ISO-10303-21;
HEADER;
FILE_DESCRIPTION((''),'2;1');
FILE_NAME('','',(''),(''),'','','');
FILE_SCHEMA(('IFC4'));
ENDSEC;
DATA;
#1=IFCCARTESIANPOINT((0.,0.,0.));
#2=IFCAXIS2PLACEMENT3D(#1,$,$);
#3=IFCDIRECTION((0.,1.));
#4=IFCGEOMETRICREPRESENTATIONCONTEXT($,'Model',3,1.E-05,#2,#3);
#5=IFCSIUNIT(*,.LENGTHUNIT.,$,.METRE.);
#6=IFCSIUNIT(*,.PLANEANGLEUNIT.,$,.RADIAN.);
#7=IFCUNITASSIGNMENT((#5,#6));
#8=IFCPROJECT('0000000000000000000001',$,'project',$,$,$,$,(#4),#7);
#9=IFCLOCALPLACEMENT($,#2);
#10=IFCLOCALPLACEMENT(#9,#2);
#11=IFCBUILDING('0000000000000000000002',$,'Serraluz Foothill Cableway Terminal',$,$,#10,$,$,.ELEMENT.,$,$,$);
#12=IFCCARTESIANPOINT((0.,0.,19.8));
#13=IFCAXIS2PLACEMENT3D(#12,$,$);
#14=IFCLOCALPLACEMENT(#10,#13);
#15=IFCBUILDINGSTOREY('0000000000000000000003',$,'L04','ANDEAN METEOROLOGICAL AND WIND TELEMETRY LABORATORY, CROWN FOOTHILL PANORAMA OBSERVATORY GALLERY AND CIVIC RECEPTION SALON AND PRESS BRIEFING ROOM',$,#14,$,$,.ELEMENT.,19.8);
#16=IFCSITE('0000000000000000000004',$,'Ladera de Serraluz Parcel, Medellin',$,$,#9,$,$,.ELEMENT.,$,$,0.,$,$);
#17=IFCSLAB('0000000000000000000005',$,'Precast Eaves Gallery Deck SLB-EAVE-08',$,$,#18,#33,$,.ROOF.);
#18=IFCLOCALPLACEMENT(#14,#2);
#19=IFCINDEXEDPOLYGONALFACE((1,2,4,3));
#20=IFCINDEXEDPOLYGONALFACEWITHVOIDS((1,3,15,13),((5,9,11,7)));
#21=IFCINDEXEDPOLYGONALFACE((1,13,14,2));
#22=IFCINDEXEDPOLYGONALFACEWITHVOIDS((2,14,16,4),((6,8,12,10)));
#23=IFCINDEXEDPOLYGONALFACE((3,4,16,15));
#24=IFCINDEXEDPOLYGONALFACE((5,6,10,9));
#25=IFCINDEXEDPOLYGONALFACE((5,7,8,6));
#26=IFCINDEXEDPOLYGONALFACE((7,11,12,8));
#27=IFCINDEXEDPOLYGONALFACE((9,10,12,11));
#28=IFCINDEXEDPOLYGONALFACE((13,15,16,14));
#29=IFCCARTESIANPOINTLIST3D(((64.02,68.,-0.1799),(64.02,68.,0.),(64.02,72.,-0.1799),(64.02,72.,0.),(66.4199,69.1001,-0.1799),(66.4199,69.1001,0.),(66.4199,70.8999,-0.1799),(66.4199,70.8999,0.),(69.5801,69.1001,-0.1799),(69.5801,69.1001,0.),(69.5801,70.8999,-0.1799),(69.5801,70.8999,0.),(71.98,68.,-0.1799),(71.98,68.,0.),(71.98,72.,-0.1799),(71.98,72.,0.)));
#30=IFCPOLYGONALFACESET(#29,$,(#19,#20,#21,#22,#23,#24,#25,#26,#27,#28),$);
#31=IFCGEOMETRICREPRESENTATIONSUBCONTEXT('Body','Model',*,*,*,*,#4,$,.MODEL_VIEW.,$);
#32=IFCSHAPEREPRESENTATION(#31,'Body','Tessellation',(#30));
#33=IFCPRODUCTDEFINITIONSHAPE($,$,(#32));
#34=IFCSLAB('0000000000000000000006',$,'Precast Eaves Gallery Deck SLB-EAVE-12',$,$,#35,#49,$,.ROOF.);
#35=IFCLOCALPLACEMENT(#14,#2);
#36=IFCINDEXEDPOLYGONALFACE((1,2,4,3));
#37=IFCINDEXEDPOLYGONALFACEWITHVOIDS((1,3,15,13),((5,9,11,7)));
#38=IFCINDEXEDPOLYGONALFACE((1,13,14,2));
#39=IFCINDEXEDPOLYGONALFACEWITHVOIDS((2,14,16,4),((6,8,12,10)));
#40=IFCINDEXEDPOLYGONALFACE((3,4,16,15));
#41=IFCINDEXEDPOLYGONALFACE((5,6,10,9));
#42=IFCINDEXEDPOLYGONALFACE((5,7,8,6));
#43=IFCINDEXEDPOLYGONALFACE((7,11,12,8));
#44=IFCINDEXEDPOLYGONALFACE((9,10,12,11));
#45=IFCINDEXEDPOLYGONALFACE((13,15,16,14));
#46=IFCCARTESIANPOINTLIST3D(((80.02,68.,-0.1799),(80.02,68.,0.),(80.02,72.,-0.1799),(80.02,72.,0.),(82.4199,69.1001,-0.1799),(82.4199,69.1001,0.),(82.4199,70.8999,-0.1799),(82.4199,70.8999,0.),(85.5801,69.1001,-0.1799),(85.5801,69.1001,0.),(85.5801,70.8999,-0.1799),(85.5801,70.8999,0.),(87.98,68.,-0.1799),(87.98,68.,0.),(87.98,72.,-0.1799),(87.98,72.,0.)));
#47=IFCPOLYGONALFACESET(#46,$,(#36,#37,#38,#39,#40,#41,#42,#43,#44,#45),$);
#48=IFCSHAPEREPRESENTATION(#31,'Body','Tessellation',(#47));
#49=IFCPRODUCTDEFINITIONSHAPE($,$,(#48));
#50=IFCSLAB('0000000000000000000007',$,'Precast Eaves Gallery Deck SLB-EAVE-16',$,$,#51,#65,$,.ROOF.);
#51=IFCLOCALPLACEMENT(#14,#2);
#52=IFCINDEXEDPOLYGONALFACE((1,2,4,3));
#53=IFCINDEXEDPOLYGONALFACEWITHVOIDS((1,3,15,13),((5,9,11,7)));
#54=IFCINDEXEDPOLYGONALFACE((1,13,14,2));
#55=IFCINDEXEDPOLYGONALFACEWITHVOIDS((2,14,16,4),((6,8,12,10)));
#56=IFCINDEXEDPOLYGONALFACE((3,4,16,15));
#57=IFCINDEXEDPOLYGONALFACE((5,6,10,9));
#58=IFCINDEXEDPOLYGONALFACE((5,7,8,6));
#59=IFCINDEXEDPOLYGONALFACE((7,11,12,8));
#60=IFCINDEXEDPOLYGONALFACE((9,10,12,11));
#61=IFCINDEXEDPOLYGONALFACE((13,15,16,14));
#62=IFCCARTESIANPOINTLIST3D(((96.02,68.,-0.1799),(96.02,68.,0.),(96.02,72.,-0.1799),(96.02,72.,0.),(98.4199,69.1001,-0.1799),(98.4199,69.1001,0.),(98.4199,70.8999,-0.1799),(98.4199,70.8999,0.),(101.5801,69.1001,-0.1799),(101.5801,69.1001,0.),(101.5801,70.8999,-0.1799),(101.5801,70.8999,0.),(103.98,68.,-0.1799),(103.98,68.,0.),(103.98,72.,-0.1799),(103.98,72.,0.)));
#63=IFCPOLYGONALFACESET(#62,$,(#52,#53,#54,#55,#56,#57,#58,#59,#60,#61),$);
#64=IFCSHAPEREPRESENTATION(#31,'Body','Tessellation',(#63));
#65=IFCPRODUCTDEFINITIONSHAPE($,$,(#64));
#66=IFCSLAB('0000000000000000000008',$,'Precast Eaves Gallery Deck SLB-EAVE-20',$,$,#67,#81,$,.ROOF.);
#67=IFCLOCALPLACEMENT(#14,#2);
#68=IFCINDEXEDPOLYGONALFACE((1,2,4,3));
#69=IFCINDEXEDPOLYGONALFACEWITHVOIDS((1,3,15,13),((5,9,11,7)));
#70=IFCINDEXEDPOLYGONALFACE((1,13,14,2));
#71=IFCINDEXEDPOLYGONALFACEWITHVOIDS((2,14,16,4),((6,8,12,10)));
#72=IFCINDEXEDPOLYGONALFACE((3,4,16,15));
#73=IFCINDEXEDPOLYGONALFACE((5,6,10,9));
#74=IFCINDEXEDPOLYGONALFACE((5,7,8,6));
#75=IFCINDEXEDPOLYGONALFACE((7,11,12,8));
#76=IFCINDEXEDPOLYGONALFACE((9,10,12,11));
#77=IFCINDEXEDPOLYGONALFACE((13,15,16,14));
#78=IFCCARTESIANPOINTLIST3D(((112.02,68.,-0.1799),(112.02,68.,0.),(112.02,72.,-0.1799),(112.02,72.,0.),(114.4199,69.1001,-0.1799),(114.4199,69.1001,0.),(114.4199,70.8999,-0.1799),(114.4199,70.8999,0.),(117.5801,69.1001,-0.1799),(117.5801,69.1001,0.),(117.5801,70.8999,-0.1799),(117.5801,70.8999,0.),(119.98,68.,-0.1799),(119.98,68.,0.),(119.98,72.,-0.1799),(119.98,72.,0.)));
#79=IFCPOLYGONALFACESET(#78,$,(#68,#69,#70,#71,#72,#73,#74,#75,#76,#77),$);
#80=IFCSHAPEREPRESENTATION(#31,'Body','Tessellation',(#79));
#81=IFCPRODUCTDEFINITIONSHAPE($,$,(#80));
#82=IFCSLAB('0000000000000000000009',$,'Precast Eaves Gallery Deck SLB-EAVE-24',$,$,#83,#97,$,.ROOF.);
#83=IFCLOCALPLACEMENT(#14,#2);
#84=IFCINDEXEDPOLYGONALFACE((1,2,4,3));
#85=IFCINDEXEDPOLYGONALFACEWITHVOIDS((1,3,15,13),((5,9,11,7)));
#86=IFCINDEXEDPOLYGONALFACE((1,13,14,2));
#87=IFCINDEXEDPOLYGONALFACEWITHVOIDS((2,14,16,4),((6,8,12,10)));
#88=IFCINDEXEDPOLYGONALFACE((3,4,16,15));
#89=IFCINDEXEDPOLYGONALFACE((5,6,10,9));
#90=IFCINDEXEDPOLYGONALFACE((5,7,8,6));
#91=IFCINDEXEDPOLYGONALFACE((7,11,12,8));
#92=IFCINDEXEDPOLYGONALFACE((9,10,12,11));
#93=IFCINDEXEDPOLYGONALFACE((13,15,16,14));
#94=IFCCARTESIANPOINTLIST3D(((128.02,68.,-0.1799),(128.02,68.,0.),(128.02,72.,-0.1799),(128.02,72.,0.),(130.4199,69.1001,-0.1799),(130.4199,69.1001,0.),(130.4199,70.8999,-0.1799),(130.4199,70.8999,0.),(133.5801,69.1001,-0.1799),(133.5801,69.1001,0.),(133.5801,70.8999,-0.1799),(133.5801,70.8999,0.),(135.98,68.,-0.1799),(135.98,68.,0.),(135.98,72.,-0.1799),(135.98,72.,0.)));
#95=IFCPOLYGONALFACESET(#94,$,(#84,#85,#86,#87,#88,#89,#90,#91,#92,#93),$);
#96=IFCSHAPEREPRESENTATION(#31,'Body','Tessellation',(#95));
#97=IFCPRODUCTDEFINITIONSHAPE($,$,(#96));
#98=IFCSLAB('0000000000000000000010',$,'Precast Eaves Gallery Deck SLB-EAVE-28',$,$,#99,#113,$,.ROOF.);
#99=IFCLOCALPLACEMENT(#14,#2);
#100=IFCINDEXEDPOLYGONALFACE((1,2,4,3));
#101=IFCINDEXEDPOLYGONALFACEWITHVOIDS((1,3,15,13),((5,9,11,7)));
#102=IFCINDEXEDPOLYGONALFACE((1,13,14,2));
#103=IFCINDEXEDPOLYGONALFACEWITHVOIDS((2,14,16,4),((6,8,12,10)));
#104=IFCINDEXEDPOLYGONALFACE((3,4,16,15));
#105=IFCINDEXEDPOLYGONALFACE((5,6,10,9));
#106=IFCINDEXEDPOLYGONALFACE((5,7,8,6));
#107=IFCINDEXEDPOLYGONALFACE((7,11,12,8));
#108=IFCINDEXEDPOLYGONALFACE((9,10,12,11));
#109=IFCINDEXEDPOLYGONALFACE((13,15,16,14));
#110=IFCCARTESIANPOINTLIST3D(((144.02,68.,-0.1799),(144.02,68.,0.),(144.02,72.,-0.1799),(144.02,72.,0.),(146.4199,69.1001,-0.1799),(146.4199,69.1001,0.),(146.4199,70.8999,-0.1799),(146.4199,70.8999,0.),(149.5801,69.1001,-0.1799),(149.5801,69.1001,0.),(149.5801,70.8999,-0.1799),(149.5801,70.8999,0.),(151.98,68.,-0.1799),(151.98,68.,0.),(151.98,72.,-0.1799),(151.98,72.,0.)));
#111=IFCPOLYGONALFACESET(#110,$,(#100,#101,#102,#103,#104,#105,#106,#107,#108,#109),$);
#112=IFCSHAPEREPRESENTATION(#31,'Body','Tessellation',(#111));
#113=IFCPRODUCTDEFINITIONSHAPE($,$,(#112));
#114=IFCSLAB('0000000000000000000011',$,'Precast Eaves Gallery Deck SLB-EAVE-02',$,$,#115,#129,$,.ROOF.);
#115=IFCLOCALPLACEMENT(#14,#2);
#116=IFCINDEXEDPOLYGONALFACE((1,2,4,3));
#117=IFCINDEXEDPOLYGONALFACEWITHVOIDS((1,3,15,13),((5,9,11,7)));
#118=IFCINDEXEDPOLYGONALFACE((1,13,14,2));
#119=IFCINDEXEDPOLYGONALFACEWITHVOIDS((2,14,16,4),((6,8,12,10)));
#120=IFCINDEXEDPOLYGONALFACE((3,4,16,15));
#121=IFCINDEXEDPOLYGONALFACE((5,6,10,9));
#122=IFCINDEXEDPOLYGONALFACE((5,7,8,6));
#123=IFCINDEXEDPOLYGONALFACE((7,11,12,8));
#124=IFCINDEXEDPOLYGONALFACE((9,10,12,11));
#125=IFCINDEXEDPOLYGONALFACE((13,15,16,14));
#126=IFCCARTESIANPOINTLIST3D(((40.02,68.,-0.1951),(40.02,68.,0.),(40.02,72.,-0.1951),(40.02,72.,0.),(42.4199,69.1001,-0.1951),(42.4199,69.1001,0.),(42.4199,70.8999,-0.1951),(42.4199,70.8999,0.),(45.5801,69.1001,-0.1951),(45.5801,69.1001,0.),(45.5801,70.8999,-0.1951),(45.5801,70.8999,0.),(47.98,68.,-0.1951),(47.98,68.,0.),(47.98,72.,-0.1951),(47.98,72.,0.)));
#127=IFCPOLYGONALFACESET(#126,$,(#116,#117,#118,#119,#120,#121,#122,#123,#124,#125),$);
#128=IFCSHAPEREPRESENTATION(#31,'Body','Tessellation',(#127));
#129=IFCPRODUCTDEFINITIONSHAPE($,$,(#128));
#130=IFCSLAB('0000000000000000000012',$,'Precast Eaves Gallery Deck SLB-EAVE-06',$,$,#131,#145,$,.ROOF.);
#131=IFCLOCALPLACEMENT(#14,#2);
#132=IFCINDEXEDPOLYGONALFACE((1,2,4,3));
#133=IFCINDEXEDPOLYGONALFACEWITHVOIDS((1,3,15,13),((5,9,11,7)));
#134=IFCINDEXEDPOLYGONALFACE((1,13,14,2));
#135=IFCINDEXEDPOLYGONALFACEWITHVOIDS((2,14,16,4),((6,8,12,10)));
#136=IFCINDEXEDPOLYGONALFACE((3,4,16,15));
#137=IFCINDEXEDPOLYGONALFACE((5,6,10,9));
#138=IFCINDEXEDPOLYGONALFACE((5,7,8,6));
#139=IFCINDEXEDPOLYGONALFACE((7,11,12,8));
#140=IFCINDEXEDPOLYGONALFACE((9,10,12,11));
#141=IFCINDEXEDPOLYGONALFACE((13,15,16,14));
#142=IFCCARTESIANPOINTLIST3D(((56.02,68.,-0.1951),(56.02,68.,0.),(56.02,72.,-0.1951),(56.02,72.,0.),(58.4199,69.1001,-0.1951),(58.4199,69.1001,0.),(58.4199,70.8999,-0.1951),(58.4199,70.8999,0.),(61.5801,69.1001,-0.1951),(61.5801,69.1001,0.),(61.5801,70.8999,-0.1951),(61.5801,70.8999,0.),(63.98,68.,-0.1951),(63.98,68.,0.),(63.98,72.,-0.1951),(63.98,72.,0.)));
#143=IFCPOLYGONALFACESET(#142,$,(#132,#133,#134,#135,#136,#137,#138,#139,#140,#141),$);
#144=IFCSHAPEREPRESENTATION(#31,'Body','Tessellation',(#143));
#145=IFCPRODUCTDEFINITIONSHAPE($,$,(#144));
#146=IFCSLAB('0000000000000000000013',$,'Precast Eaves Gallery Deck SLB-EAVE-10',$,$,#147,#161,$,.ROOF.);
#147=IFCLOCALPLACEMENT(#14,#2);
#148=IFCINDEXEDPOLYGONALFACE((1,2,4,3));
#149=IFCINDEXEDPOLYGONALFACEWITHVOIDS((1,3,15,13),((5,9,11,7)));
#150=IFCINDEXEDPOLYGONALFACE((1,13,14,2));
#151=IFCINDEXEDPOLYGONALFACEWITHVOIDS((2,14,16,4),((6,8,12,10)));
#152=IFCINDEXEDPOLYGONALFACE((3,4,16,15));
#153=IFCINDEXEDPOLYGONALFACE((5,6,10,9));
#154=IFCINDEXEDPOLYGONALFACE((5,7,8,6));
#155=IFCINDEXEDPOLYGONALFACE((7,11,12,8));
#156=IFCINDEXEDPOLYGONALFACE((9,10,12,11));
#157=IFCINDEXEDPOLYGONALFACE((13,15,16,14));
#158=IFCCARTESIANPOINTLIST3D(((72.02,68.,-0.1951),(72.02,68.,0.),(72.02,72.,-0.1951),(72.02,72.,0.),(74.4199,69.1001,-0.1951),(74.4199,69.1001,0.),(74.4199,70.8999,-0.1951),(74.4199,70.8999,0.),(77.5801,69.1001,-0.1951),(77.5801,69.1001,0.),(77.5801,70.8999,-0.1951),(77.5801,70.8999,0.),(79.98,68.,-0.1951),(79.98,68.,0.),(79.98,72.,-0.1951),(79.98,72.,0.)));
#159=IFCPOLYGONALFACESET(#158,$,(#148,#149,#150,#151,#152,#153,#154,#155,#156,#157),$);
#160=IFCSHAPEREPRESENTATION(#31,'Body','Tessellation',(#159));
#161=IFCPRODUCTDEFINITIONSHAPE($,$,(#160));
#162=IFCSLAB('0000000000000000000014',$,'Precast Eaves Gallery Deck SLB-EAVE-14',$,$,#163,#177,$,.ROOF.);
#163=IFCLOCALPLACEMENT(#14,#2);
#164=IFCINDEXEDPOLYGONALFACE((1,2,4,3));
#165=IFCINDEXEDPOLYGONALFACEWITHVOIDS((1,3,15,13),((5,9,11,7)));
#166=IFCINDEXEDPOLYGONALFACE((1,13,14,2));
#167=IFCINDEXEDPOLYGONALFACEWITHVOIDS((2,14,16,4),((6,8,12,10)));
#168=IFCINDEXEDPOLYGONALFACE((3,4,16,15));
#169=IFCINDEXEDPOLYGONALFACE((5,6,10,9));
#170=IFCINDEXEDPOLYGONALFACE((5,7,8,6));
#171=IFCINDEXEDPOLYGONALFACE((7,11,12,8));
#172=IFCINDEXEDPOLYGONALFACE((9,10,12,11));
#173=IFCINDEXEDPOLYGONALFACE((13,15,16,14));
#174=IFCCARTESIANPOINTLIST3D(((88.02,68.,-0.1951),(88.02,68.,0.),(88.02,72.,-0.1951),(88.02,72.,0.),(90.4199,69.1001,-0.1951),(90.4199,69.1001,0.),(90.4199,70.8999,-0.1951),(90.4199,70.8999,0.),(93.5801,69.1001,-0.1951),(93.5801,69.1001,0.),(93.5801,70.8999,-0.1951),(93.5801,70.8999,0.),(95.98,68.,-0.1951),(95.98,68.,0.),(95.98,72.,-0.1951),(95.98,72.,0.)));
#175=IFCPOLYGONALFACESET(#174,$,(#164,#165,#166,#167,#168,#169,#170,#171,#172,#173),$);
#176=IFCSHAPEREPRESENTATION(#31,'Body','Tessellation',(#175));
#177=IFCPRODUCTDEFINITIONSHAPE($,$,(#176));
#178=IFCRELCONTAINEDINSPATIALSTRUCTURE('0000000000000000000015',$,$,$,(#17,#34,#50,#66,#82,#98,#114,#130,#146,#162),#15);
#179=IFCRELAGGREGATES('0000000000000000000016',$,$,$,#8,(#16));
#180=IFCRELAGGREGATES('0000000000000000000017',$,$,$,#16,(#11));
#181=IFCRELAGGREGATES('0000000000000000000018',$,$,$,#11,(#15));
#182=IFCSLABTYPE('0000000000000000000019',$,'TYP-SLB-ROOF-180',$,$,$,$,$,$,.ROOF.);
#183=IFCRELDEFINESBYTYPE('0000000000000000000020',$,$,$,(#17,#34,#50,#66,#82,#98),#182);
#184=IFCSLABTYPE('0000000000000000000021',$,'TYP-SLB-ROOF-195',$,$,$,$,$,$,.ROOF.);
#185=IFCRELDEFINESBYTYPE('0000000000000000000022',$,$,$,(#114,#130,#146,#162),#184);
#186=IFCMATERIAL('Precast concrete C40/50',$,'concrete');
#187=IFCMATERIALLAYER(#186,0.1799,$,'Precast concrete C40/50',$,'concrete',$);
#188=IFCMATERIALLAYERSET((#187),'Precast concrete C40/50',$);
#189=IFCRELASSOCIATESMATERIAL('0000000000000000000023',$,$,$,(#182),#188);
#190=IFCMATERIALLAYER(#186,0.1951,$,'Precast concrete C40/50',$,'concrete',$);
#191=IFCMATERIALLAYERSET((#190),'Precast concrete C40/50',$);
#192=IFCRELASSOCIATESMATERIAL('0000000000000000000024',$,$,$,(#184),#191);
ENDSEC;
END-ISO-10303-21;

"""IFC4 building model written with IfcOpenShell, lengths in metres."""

from ifc_helpers import new_model, si_unit, direction, frame, origin, place, context, subcontext, project, spatial, polyline, outline, extrude, material, layer, layer_set, type_object, element, save


model = new_model("IFC4")

# Units and contexts
model_context = context("Model", 3, precision=1e-05, world=origin(), true_north=direction((0.0, 1.0)))
body_context = subcontext(model_context, "Body", "Model", "MODEL_VIEW")
ifc_project = project(units=[si_unit("LENGTHUNIT", "METRE"), si_unit("PLANEANGLEUNIT", "RADIAN")], contexts=[model_context])

# Site, building, storey
site_placement = place(None, origin())
site = spatial("IfcSite", under=ifc_project, at=site_placement, Name="Ladera de Serraluz Parcel, Medellin", CompositionType="ELEMENT", RefElevation=0.0)
building_placement = place(site_placement, origin())
building = spatial("IfcBuilding", under=site, at=building_placement, Name="Serraluz Foothill Cableway Terminal", CompositionType="ELEMENT")
storey_placement = place(building_placement, frame((0.0, 0.0, 19.8)))
storey = spatial("IfcBuildingStorey", under=building, at=storey_placement, Name="L04", Description="ANDEAN METEOROLOGICAL AND WIND TELEMETRY LABORATORY, CROWN FOOTHILL PANORAMA OBSERVATORY GALLERY AND CIVIC RECEPTION SALON AND PRESS BRIEFING ROOM", CompositionType="ELEMENT", Elevation=19.8)

# Slabs
ifc_material_1 = material(Name="Precast concrete C40/50", Category="concrete")
ifc_layer_1 = layer(ifc_material_1, 0.1799, Name="Precast concrete C40/50", Category="concrete")
ifc_layer_set_1 = layer_set([ifc_layer_1], Name="Precast concrete C40/50")
slab_type_1 = type_object("IfcSlabType", Name="TYP-SLB-ROOF-180", PredefinedType="ROOF", material=ifc_layer_set_1)
slab_1_placement = place(storey_placement, frame((0.0, 0.0, -0.1799)))
element("IfcSlab", 1, at=slab_1_placement, inside=storey, type_object=slab_type_1, Name="Precast Eaves Gallery Deck SLB-EAVE-08", PredefinedType="ROOF", context=body_context, shape_type="SweptSolid", body=[
    extrude(outline(polyline([(64.02, 68.0), (71.98, 68.0), (71.98, 72.0), (64.02, 72.0), (64.02, 68.0)]), holes=[polyline([(66.4199, 69.1001), (69.5801, 69.1001), (69.5801, 70.8999), (66.4199, 70.8999), (66.4199, 69.1001)])]), origin(), (0.0, 0.0, 1.0), 0.1799),
])
slab_2_placement = place(storey_placement, frame((0.0, 0.0, -0.1799)))
element("IfcSlab", 2, at=slab_2_placement, inside=storey, type_object=slab_type_1, Name="Precast Eaves Gallery Deck SLB-EAVE-12", PredefinedType="ROOF", context=body_context, shape_type="SweptSolid", body=[
    extrude(outline(polyline([(80.02, 68.0), (87.98, 68.0), (87.98, 72.0), (80.02, 72.0), (80.02, 68.0)]), holes=[polyline([(82.4199, 69.1001), (85.5801, 69.1001), (85.5801, 70.8999), (82.4199, 70.8999), (82.4199, 69.1001)])]), origin(), (0.0, 0.0, 1.0), 0.1799),
])
slab_3_placement = place(storey_placement, frame((0.0, 0.0, -0.1799)))
element("IfcSlab", 3, at=slab_3_placement, inside=storey, type_object=slab_type_1, Name="Precast Eaves Gallery Deck SLB-EAVE-16", PredefinedType="ROOF", context=body_context, shape_type="SweptSolid", body=[
    extrude(outline(polyline([(96.02, 68.0), (103.98, 68.0), (103.98, 72.0), (96.02, 72.0), (96.02, 68.0)]), holes=[polyline([(98.4199, 69.1001), (101.5801, 69.1001), (101.5801, 70.8999), (98.4199, 70.8999), (98.4199, 69.1001)])]), origin(), (0.0, 0.0, 1.0), 0.1799),
])
slab_4_placement = place(storey_placement, frame((0.0, 0.0, -0.1799)))
element("IfcSlab", 4, at=slab_4_placement, inside=storey, type_object=slab_type_1, Name="Precast Eaves Gallery Deck SLB-EAVE-20", PredefinedType="ROOF", context=body_context, shape_type="SweptSolid", body=[
    extrude(outline(polyline([(112.02, 68.0), (119.98, 68.0), (119.98, 72.0), (112.02, 72.0), (112.02, 68.0)]), holes=[polyline([(114.4199, 69.1001), (117.5801, 69.1001), (117.5801, 70.8999), (114.4199, 70.8999), (114.4199, 69.1001)])]), origin(), (0.0, 0.0, 1.0), 0.1799),
])
slab_5_placement = place(storey_placement, frame((0.0, 0.0, -0.1799)))
element("IfcSlab", 5, at=slab_5_placement, inside=storey, type_object=slab_type_1, Name="Precast Eaves Gallery Deck SLB-EAVE-24", PredefinedType="ROOF", context=body_context, shape_type="SweptSolid", body=[
    extrude(outline(polyline([(128.02, 68.0), (135.98, 68.0), (135.98, 72.0), (128.02, 72.0), (128.02, 68.0)]), holes=[polyline([(130.4199, 69.1001), (133.5801, 69.1001), (133.5801, 70.8999), (130.4199, 70.8999), (130.4199, 69.1001)])]), origin(), (0.0, 0.0, 1.0), 0.1799),
])
slab_6_placement = place(storey_placement, frame((0.0, 0.0, -0.1799)))
element("IfcSlab", 6, at=slab_6_placement, inside=storey, type_object=slab_type_1, Name="Precast Eaves Gallery Deck SLB-EAVE-28", PredefinedType="ROOF", context=body_context, shape_type="SweptSolid", body=[
    extrude(outline(polyline([(144.02, 68.0), (151.98, 68.0), (151.98, 72.0), (144.02, 72.0), (144.02, 68.0)]), holes=[polyline([(146.4199, 69.1001), (149.5801, 69.1001), (149.5801, 70.8999), (146.4199, 70.8999), (146.4199, 69.1001)])]), origin(), (0.0, 0.0, 1.0), 0.1799),
])
ifc_layer_2 = layer(ifc_material_1, 0.1951, Name="Precast concrete C40/50", Category="concrete")
ifc_layer_set_2 = layer_set([ifc_layer_2], Name="Precast concrete C40/50")
slab_type_2 = type_object("IfcSlabType", Name="TYP-SLB-ROOF-195", PredefinedType="ROOF", material=ifc_layer_set_2)
slab_7_placement = place(storey_placement, frame((0.0, 0.0, -0.1951)))
element("IfcSlab", 7, at=slab_7_placement, inside=storey, type_object=slab_type_2, Name="Precast Eaves Gallery Deck SLB-EAVE-02", PredefinedType="ROOF", context=body_context, shape_type="SweptSolid", body=[
    extrude(outline(polyline([(40.02, 68.0), (47.98, 68.0), (47.98, 72.0), (40.02, 72.0), (40.02, 68.0)]), holes=[polyline([(42.4199, 69.1001), (45.5801, 69.1001), (45.5801, 70.8999), (42.4199, 70.8999), (42.4199, 69.1001)])]), origin(), (0.0, 0.0, 1.0), 0.1951),
])
slab_8_placement = place(storey_placement, frame((0.0, 0.0, -0.1951)))
element("IfcSlab", 8, at=slab_8_placement, inside=storey, type_object=slab_type_2, Name="Precast Eaves Gallery Deck SLB-EAVE-06", PredefinedType="ROOF", context=body_context, shape_type="SweptSolid", body=[
    extrude(outline(polyline([(56.02, 68.0), (63.98, 68.0), (63.98, 72.0), (56.02, 72.0), (56.02, 68.0)]), holes=[polyline([(58.4199, 69.1001), (61.5801, 69.1001), (61.5801, 70.8999), (58.4199, 70.8999), (58.4199, 69.1001)])]), origin(), (0.0, 0.0, 1.0), 0.1951),
])
slab_9_placement = place(storey_placement, frame((0.0, 0.0, -0.1951)))
element("IfcSlab", 9, at=slab_9_placement, inside=storey, type_object=slab_type_2, Name="Precast Eaves Gallery Deck SLB-EAVE-10", PredefinedType="ROOF", context=body_context, shape_type="SweptSolid", body=[
    extrude(outline(polyline([(72.02, 68.0), (79.98, 68.0), (79.98, 72.0), (72.02, 72.0), (72.02, 68.0)]), holes=[polyline([(74.4199, 69.1001), (77.5801, 69.1001), (77.5801, 70.8999), (74.4199, 70.8999), (74.4199, 69.1001)])]), origin(), (0.0, 0.0, 1.0), 0.1951),
])
slab_10_placement = place(storey_placement, frame((0.0, 0.0, -0.1951)))
element("IfcSlab", 10, at=slab_10_placement, inside=storey, type_object=slab_type_2, Name="Precast Eaves Gallery Deck SLB-EAVE-14", PredefinedType="ROOF", context=body_context, shape_type="SweptSolid", body=[
    extrude(outline(polyline([(88.02, 68.0), (95.98, 68.0), (95.98, 72.0), (88.02, 72.0), (88.02, 68.0)]), holes=[polyline([(90.4199, 69.1001), (93.5801, 69.1001), (93.5801, 70.8999), (90.4199, 70.8999), (90.4199, 69.1001)])]), origin(), (0.0, 0.0, 1.0), 0.1951),
])

save(model, "model.ifc")
